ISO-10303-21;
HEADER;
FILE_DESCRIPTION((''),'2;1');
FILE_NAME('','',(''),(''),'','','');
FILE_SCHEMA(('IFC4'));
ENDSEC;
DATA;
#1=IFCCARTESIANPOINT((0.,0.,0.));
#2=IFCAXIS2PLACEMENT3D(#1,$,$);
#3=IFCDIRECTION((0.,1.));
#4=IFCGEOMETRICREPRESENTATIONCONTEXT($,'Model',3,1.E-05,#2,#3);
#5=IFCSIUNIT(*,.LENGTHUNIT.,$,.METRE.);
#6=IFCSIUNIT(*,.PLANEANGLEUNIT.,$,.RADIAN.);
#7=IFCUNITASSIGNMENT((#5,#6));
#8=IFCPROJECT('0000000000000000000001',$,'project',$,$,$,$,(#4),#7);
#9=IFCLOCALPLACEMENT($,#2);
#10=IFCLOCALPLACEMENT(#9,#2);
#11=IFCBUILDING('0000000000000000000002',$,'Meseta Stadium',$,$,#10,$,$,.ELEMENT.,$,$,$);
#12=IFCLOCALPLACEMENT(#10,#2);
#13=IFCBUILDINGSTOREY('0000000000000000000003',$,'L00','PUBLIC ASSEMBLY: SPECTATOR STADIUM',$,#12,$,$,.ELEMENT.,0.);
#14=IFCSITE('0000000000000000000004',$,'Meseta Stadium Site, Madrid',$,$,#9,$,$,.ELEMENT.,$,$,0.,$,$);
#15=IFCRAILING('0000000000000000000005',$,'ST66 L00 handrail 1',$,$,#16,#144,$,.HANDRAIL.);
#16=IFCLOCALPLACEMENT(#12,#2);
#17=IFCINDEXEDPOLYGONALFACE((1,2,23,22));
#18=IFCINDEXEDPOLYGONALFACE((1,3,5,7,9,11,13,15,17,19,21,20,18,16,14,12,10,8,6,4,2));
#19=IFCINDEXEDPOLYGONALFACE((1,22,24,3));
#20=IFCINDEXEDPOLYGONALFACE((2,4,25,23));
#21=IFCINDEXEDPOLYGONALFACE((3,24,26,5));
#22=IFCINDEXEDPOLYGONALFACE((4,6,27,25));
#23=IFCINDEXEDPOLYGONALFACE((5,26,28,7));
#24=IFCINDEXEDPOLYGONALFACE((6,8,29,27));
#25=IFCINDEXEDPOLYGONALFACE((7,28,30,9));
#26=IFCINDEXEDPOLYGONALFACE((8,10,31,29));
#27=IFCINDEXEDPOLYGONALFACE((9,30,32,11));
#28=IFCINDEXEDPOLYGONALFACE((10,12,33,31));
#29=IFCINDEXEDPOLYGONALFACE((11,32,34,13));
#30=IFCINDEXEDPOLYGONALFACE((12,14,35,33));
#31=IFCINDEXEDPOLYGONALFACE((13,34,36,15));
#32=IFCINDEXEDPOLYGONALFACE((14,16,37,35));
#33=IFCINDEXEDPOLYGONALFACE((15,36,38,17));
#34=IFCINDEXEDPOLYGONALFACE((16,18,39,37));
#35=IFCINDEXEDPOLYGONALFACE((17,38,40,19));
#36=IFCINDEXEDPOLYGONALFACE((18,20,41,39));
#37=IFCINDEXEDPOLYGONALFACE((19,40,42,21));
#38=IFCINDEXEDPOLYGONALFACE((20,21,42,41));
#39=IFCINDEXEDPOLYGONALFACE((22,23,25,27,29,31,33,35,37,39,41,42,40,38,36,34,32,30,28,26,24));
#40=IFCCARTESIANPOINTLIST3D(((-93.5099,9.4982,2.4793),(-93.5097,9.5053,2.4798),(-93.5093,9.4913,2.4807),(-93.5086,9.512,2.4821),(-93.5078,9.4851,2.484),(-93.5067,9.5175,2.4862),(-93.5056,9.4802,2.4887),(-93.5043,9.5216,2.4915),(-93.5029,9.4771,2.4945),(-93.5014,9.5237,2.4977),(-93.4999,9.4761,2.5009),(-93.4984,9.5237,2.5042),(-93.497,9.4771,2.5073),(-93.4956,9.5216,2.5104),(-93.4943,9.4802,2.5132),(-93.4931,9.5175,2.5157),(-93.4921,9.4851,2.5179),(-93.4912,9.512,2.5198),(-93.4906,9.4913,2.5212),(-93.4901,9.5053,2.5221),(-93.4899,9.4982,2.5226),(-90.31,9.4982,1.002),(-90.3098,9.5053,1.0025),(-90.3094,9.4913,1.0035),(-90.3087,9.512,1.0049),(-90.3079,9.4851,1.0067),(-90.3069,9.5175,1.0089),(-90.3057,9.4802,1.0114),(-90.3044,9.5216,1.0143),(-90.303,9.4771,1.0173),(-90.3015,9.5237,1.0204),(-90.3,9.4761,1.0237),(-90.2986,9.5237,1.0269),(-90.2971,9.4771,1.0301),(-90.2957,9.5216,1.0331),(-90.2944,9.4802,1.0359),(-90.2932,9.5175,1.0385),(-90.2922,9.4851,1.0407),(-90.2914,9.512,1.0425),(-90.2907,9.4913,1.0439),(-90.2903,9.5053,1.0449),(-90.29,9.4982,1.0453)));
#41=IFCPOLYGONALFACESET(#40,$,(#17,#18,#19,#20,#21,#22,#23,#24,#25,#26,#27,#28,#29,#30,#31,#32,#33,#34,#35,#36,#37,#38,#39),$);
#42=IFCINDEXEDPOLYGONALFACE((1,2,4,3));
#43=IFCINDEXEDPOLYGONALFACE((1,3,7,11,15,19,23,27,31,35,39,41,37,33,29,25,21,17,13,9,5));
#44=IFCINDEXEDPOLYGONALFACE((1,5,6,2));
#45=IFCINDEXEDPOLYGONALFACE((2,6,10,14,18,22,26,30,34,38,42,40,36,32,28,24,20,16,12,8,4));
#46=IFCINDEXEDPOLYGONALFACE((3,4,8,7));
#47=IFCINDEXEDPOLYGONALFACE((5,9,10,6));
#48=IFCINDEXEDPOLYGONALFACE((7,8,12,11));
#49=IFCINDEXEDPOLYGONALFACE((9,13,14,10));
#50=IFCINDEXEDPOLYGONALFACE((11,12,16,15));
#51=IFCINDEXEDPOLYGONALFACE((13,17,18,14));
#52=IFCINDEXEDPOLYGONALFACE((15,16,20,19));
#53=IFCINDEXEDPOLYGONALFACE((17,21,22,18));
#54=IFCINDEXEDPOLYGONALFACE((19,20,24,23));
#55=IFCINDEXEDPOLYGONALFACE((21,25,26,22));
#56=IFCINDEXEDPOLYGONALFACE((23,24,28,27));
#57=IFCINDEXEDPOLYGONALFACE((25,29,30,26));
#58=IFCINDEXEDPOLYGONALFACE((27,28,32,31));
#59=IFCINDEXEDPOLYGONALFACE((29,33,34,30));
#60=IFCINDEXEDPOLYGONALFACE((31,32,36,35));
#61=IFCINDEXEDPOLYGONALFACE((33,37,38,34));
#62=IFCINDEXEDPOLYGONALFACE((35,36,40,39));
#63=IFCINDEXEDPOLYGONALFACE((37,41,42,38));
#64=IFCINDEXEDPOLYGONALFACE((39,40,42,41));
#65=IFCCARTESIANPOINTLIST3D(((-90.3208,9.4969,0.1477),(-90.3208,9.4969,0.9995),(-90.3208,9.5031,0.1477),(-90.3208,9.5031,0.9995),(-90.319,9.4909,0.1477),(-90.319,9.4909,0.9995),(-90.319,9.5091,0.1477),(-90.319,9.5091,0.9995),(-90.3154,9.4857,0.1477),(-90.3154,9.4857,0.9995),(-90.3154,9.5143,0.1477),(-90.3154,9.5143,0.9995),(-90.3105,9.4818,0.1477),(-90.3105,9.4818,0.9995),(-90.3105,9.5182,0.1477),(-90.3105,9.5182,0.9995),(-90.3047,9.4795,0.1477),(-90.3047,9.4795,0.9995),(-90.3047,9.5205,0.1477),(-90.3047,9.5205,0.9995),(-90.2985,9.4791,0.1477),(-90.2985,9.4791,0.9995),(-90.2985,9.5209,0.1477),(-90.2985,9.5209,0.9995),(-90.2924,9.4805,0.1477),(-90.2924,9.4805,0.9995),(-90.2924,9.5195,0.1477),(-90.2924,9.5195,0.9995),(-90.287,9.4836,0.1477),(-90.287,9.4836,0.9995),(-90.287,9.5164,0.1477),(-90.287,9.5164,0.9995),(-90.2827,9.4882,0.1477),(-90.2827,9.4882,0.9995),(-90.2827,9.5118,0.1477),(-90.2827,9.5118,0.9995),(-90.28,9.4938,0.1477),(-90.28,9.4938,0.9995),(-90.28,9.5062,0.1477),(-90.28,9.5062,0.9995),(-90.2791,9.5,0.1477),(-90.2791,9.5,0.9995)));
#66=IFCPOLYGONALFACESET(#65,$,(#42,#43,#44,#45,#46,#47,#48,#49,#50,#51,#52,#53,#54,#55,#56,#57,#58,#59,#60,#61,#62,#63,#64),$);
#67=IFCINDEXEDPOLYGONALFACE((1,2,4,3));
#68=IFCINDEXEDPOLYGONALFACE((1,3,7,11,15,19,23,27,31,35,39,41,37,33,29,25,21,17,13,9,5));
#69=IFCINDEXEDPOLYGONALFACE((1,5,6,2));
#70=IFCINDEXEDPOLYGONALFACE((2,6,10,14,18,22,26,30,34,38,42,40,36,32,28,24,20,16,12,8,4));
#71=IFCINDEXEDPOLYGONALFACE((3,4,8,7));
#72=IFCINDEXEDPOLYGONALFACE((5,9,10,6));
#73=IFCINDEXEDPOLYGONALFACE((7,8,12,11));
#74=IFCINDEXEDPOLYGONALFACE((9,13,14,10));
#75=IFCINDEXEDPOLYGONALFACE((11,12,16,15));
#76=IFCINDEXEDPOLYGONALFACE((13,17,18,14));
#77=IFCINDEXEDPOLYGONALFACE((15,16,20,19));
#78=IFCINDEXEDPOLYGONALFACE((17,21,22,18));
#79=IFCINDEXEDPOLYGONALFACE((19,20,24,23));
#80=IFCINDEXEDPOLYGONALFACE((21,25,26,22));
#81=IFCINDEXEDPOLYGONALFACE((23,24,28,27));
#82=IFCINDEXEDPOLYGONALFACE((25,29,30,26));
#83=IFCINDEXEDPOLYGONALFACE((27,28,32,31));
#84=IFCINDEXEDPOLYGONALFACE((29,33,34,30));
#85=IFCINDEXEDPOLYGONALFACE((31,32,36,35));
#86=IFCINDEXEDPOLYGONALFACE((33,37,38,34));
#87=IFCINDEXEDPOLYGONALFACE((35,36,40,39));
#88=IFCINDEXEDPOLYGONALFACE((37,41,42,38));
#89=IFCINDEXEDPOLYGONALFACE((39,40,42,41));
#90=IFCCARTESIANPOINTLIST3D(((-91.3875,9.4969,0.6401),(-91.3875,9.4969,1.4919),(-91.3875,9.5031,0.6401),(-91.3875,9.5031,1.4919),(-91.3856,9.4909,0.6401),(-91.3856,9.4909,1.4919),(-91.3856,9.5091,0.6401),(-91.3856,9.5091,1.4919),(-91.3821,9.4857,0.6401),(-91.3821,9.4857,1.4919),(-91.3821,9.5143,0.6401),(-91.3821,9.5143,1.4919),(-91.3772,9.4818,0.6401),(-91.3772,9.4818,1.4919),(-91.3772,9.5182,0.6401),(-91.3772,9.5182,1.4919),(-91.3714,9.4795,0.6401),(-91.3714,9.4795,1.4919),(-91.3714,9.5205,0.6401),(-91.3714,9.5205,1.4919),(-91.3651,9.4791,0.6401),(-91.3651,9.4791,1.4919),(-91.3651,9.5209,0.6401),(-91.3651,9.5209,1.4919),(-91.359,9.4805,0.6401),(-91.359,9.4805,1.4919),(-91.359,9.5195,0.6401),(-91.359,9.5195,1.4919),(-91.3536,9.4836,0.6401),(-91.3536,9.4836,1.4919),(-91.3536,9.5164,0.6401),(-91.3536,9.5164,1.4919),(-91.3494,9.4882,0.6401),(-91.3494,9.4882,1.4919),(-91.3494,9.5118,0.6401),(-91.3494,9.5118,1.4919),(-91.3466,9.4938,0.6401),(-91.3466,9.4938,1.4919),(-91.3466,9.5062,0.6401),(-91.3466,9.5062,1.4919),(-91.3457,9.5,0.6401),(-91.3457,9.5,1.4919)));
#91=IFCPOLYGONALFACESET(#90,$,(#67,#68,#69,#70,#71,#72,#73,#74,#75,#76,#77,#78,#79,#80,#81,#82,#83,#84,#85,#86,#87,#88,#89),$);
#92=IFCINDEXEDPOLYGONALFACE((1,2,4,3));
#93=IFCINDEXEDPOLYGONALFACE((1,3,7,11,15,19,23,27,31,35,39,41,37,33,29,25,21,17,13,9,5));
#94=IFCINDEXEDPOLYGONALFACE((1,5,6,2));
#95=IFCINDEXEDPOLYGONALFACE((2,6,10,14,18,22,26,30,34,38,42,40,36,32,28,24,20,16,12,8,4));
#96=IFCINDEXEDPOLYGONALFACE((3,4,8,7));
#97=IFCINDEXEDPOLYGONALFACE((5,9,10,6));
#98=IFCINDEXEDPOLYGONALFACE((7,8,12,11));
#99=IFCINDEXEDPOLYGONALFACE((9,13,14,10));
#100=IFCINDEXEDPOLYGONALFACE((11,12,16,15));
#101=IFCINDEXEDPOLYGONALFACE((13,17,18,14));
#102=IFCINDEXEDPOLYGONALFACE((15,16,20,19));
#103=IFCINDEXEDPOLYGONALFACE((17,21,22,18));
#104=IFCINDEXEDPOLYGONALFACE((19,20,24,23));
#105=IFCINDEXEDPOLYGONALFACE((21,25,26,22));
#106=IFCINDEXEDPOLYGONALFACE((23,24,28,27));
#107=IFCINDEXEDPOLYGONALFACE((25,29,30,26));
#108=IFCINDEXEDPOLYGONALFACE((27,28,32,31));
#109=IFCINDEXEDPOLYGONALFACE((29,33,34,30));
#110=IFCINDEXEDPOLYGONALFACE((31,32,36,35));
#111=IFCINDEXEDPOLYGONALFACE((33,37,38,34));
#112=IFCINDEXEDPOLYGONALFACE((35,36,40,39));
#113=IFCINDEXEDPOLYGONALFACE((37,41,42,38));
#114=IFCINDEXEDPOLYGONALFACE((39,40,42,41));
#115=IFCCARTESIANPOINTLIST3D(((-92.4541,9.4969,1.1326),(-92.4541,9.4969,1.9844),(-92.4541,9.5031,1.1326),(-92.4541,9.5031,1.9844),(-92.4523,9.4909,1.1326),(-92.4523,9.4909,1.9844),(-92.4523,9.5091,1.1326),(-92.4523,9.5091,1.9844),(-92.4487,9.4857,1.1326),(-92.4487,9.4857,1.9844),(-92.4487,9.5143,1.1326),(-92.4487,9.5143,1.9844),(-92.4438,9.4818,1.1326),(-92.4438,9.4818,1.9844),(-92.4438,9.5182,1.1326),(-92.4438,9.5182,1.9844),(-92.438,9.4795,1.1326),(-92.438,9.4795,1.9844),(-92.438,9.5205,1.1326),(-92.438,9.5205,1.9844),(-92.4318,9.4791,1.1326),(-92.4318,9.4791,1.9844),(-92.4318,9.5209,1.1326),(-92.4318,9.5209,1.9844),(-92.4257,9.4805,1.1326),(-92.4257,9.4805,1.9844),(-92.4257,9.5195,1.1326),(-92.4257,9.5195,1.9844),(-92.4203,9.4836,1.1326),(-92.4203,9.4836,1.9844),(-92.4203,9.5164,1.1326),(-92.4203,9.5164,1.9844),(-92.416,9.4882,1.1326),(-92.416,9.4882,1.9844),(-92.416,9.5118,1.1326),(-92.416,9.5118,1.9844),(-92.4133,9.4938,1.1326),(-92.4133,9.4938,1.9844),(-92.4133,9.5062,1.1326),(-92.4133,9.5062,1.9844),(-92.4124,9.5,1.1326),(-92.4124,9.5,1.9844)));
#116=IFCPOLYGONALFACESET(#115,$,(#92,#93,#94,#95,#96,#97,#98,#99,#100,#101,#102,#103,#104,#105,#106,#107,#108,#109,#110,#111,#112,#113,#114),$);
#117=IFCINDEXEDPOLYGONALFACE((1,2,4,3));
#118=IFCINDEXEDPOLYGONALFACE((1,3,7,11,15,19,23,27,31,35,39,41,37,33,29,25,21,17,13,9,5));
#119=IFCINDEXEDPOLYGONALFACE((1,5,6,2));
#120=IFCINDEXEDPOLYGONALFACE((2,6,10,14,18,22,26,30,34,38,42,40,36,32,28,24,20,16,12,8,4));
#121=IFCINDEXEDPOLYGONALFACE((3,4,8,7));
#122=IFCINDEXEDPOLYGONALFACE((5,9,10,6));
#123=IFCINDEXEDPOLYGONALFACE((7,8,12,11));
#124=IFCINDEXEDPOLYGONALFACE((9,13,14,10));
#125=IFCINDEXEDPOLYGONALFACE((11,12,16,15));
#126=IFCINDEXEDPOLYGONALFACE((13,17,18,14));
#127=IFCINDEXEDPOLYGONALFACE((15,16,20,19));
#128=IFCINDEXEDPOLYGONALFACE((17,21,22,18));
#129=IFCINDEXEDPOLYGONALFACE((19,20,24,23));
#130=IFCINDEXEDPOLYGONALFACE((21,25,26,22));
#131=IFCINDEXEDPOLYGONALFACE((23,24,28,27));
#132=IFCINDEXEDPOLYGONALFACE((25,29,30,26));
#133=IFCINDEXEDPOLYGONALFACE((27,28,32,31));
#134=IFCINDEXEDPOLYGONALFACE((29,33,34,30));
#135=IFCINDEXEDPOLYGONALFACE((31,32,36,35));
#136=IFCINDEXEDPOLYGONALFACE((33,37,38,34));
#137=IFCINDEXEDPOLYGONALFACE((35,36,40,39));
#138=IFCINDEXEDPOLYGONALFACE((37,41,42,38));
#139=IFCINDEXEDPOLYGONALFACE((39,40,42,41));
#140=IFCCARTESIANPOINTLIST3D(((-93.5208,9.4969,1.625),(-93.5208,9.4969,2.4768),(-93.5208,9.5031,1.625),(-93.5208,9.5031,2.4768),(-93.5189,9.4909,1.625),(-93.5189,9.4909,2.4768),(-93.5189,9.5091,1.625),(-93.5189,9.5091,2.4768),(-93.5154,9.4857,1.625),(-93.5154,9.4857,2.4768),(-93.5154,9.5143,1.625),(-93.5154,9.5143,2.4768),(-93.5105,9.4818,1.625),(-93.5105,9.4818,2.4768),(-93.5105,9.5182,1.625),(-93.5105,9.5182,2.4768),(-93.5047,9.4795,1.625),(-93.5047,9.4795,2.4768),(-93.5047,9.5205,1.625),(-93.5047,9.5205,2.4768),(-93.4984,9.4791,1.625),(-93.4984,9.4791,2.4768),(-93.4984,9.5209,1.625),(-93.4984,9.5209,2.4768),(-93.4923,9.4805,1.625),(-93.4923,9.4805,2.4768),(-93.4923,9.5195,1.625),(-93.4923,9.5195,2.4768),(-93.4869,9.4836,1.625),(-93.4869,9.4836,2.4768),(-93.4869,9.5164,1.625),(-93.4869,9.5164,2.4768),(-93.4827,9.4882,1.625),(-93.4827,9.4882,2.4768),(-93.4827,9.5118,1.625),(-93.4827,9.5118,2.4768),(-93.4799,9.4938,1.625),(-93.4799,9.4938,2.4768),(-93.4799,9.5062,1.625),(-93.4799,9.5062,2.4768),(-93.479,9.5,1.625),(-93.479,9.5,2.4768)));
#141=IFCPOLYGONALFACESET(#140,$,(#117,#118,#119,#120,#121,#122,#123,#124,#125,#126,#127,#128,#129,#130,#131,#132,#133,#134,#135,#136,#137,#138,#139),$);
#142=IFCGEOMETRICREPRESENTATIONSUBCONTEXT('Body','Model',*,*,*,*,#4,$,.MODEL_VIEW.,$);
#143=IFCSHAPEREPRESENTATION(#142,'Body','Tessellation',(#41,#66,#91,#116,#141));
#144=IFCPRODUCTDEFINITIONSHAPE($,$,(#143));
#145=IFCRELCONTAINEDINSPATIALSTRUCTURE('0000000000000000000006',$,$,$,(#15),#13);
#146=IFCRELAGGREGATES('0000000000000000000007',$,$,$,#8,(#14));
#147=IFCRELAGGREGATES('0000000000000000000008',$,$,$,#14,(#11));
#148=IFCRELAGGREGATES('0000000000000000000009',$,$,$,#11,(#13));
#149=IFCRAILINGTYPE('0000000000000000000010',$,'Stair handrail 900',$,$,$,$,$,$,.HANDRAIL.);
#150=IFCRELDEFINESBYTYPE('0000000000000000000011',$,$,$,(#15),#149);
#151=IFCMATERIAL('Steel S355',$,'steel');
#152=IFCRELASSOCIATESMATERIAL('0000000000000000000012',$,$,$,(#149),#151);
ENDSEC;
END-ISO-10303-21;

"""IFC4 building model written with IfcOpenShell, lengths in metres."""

from ifc_helpers import new_model, si_unit, direction, frame, origin, origin_2d, place, context, subcontext, project, spatial, circle, extrude, material, type_object, element, save


model = new_model("IFC4")

# Units and contexts
model_context = context("Model", 3, precision=1e-05, world=origin(), true_north=direction((0.0, 1.0)))
body_context = subcontext(model_context, "Body", "Model", "MODEL_VIEW")
ifc_project = project(units=[si_unit("LENGTHUNIT", "METRE"), si_unit("PLANEANGLEUNIT", "RADIAN")], contexts=[model_context])

# Site, building, storey
site_placement = place(None, origin())
site = spatial("IfcSite", under=ifc_project, at=site_placement, Name="Meseta Stadium Site, Madrid", CompositionType="ELEMENT", RefElevation=0.0)
building_placement = place(site_placement, origin())
building = spatial("IfcBuilding", under=site, at=building_placement, Name="Meseta Stadium", CompositionType="ELEMENT")
storey_placement = place(building_placement, origin())
storey = spatial("IfcBuildingStorey", under=building, at=storey_placement, Name="L00", Description="PUBLIC ASSEMBLY: SPECTATOR STADIUM", CompositionType="ELEMENT", Elevation=0.0)

# Railing
ifc_material_1 = material(Name="Steel S355", Category="steel")
railing_type_1 = type_object("IfcRailingType", Name="Stair handrail 900", PredefinedType="HANDRAIL", material=ifc_material_1)
for number, where, name in (
    (1, (-90.3, 9.5, 0.1477), "ST66 L00 handrail 1"),
):
    element("IfcRailing", number, at=place(storey_placement, frame(where)), inside=storey, type_object=railing_type_1, Name=name, PredefinedType="HANDRAIL", context=body_context, shape_type="SweptSolid", body=[
        extrude(circle(Radius=0.0239, at=origin_2d()), frame((0.0, 0.0, 0.876), z_axis=(-0.907917, 0.0, 0.41915), x_axis=(0.0, -1.0, 0.0)), (0.0, 0.0, 1.0), 3.5244),
        extrude(circle(Radius=0.021, at=origin_2d()), origin(), (0.0, 0.0, 1.0), 0.8518),
        extrude(circle(Radius=0.021, at=origin_2d()), frame((-1.0667, 0.0, 0.4924)), (0.0, 0.0, 1.0), 0.8518),
        extrude(circle(Radius=0.021, at=origin_2d()), frame((-2.1333, 0.0, 0.9849)), (0.0, 0.0, 1.0), 0.8518),
        extrude(circle(Radius=0.021, at=origin_2d()), frame((-3.2, 0.0, 1.4773)), (0.0, 0.0, 1.0), 0.8518),
    ])

save(model, "model.ifc")
